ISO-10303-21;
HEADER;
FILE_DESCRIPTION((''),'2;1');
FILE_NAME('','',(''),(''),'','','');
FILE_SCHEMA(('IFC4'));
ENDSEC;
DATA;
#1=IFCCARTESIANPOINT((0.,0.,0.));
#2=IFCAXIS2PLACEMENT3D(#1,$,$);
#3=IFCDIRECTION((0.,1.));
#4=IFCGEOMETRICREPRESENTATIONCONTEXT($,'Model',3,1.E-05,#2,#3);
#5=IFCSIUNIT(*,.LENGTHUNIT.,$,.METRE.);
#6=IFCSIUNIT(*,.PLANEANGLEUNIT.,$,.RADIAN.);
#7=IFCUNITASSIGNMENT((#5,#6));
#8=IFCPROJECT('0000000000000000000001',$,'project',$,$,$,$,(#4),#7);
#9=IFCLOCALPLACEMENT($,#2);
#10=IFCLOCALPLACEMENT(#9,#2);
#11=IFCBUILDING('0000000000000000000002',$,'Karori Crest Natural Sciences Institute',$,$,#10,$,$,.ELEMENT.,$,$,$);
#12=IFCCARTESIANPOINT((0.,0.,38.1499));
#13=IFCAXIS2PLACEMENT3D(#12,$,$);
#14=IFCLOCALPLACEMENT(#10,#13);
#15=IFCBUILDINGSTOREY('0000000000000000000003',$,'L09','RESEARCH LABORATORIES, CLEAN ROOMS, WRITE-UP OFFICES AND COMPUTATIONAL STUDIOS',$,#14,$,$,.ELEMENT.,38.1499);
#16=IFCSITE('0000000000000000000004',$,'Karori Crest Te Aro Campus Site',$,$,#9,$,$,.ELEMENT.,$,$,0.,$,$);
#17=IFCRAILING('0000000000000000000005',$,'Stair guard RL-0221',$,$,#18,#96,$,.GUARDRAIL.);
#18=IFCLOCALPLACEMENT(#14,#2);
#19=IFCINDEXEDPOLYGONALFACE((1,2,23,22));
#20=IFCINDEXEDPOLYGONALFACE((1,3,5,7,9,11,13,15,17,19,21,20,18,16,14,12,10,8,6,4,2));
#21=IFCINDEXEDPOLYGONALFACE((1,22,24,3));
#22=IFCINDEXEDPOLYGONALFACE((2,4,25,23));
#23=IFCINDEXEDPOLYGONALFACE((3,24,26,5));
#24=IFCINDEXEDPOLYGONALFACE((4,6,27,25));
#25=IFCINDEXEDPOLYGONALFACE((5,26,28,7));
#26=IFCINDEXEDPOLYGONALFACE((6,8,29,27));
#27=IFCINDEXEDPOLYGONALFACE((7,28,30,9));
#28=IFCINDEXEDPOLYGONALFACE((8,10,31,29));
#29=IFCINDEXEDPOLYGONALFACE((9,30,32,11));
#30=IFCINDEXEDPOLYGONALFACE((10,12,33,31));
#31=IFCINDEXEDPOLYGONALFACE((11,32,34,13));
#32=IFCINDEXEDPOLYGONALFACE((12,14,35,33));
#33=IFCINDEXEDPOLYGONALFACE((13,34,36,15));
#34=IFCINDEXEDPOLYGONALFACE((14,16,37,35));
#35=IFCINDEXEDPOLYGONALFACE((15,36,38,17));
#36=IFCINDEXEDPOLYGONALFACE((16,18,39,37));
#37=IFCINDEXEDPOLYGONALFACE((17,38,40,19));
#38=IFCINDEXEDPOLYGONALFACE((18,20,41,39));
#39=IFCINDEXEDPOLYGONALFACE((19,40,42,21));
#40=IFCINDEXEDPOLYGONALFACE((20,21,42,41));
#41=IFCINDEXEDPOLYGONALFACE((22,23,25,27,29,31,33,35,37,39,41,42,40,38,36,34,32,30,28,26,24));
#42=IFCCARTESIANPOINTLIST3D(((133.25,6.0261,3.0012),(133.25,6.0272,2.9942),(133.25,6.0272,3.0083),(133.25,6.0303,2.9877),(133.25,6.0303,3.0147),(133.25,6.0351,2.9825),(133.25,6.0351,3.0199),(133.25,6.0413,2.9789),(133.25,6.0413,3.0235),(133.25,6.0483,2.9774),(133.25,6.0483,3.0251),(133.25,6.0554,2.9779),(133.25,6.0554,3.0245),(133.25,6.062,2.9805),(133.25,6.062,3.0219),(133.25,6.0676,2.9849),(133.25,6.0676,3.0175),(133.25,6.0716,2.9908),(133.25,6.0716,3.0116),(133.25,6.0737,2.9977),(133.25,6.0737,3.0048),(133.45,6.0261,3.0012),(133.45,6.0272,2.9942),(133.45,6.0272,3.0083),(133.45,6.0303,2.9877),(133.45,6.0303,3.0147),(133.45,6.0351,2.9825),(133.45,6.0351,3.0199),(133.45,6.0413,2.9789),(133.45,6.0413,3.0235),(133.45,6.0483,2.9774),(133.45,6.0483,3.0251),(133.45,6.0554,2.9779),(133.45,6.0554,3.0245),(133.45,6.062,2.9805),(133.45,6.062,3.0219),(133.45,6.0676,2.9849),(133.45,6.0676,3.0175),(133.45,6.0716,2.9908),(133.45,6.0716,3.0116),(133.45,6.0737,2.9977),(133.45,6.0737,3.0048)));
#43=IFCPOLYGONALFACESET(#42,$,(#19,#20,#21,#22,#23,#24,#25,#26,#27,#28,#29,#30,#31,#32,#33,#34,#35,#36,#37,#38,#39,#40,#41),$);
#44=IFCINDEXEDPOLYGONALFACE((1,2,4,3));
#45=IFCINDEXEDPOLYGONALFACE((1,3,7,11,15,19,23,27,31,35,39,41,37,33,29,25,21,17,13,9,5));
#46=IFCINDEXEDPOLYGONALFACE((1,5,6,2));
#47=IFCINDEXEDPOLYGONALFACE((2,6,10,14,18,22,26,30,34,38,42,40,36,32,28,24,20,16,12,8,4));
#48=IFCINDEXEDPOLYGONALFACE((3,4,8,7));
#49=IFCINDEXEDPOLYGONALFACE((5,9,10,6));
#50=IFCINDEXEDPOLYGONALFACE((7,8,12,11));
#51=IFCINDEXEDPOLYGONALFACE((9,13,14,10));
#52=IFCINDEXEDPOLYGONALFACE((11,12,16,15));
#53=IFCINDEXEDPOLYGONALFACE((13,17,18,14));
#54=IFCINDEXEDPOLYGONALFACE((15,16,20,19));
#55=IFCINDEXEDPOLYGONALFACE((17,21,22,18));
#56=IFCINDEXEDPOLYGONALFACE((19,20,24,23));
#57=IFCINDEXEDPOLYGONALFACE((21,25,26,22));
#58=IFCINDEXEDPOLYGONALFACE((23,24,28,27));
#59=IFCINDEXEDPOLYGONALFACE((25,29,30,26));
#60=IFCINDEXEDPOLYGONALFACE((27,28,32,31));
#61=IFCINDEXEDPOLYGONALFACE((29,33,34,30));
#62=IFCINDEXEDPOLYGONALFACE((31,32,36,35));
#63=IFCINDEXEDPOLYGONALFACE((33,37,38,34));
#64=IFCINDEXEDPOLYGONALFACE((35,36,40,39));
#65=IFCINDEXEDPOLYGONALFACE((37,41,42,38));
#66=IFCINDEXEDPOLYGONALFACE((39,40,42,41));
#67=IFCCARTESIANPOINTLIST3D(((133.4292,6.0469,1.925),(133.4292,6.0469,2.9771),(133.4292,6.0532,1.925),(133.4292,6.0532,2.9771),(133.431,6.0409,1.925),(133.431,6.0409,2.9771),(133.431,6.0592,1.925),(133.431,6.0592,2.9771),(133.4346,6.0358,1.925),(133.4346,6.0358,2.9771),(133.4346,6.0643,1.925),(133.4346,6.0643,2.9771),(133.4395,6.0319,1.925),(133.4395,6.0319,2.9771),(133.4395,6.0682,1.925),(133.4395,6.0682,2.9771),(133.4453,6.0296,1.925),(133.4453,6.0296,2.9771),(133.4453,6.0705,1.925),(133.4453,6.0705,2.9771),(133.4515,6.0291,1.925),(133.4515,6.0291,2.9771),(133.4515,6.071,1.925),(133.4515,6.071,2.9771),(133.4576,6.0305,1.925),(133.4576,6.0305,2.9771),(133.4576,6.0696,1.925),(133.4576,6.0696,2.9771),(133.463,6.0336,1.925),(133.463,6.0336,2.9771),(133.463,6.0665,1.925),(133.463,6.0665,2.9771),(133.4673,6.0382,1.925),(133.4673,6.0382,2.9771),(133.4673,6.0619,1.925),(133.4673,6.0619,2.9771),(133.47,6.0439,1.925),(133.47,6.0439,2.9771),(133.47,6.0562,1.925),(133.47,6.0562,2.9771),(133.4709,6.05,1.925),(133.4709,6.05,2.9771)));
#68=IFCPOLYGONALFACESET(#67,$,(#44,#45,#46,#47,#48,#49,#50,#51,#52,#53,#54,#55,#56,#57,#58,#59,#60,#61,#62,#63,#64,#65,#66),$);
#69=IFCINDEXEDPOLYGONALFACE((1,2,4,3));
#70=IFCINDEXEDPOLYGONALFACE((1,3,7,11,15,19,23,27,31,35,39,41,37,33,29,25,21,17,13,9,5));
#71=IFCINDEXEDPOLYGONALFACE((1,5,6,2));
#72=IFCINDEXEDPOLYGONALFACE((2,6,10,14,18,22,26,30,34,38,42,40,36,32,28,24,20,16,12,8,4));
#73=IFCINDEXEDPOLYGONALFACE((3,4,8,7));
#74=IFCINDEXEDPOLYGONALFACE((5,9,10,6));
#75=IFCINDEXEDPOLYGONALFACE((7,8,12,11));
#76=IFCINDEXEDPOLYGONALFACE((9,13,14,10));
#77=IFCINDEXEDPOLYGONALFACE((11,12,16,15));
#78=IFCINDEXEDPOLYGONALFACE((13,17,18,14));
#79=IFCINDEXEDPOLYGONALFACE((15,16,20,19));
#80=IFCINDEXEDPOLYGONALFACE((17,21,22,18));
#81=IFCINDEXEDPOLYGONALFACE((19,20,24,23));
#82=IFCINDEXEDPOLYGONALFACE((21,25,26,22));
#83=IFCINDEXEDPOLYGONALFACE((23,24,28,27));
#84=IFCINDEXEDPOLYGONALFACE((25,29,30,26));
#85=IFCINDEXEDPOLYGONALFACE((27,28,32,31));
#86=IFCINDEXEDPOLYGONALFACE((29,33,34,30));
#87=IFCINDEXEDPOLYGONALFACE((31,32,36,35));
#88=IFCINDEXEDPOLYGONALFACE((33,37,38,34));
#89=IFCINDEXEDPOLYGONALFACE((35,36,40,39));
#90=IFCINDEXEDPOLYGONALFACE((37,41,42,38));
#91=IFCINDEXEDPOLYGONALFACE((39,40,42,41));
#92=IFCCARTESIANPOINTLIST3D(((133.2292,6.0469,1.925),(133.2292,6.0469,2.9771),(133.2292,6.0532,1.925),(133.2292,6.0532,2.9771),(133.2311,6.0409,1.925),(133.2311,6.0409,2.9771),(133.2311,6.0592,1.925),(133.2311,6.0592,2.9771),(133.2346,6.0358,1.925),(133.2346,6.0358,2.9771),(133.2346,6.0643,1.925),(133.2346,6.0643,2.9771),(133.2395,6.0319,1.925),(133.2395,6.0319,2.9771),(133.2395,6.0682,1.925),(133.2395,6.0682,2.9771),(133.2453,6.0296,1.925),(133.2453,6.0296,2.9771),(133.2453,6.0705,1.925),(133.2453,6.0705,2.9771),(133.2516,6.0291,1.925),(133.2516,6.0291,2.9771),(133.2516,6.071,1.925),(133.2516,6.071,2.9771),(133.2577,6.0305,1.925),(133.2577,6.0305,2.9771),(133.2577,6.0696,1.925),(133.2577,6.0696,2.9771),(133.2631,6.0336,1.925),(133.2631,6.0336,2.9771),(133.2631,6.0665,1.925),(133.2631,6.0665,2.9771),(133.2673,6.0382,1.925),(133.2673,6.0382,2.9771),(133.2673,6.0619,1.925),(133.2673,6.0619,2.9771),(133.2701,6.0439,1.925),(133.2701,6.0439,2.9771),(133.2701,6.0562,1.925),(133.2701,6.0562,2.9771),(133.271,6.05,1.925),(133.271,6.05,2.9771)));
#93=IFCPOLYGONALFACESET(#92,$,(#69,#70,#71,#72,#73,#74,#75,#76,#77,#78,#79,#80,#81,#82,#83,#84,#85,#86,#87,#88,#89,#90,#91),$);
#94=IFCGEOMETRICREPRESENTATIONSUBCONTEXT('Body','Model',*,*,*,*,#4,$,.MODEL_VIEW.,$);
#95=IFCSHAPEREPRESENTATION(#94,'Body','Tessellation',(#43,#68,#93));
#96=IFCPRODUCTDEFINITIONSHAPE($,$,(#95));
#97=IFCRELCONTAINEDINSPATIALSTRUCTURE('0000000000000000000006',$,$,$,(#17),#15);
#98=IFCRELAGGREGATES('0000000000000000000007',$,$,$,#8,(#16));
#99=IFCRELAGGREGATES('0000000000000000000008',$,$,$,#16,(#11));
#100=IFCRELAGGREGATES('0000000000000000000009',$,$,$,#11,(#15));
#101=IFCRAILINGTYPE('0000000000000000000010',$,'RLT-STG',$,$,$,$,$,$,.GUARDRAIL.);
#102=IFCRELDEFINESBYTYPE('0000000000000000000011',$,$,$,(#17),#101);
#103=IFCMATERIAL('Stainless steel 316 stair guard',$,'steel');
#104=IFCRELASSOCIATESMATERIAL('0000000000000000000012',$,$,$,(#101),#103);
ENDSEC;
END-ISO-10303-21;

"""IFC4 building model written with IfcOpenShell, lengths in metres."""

from ifc_helpers import new_model, si_unit, direction, frame, origin, origin_2d, place, context, subcontext, project, spatial, circle, extrude, material, type_object, element, save


model = new_model("IFC4")

# Units and contexts
model_context = context("Model", 3, precision=1e-05, world=origin(), true_north=direction((0.0, 1.0)))
body_context = subcontext(model_context, "Body", "Model", "MODEL_VIEW")
ifc_project = project(units=[si_unit("LENGTHUNIT", "METRE"), si_unit("PLANEANGLEUNIT", "RADIAN")], contexts=[model_context])

# Site, building, storey
site_placement = place(None, origin())
site = spatial("IfcSite", under=ifc_project, at=site_placement, Name="Karori Crest Te Aro Campus Site", CompositionType="ELEMENT", RefElevation=0.0)
building_placement = place(site_placement, origin())
building = spatial("IfcBuilding", under=site, at=building_placement, Name="Karori Crest Natural Sciences Institute", CompositionType="ELEMENT")
storey_placement = place(building_placement, frame((0.0, 0.0, 38.1499)))
storey = spatial("IfcBuildingStorey", under=building, at=storey_placement, Name="L09", Description="RESEARCH LABORATORIES, CLEAN ROOMS, WRITE-UP OFFICES AND COMPUTATIONAL STUDIOS", CompositionType="ELEMENT", Elevation=38.1499)

# Railing
ifc_material_1 = material(Name="Stainless steel 316 stair guard", Category="steel")
railing_type_1 = type_object("IfcRailingType", Name="RLT-STG", PredefinedType="GUARDRAIL", material=ifc_material_1)
railing_1_placement = place(storey_placement, frame((133.45, 6.05, 1.925)))
element("IfcRailing", 1, at=railing_1_placement, inside=storey, type_object=railing_type_1, Name="Stair guard RL-0221", PredefinedType="GUARDRAIL", context=body_context, shape_type="SweptSolid", body=[
    extrude(circle(Radius=0.0239, at=origin_2d()), frame((0.0, 0.0, 1.0762), z_axis=(-1.0, 0.0, 0.0), x_axis=(0.0, -1.0, 0.0)), (0.0, 0.0, 1.0), 0.2),
    extrude(circle(Radius=0.021, at=origin_2d()), origin(), (0.0, 0.0, 1.0), 1.052),
    extrude(circle(Radius=0.021, at=origin_2d()), frame((-0.2, 0.0, 0.0)), (0.0, 0.0, 1.0), 1.052),
])

save(model, "model.ifc")
